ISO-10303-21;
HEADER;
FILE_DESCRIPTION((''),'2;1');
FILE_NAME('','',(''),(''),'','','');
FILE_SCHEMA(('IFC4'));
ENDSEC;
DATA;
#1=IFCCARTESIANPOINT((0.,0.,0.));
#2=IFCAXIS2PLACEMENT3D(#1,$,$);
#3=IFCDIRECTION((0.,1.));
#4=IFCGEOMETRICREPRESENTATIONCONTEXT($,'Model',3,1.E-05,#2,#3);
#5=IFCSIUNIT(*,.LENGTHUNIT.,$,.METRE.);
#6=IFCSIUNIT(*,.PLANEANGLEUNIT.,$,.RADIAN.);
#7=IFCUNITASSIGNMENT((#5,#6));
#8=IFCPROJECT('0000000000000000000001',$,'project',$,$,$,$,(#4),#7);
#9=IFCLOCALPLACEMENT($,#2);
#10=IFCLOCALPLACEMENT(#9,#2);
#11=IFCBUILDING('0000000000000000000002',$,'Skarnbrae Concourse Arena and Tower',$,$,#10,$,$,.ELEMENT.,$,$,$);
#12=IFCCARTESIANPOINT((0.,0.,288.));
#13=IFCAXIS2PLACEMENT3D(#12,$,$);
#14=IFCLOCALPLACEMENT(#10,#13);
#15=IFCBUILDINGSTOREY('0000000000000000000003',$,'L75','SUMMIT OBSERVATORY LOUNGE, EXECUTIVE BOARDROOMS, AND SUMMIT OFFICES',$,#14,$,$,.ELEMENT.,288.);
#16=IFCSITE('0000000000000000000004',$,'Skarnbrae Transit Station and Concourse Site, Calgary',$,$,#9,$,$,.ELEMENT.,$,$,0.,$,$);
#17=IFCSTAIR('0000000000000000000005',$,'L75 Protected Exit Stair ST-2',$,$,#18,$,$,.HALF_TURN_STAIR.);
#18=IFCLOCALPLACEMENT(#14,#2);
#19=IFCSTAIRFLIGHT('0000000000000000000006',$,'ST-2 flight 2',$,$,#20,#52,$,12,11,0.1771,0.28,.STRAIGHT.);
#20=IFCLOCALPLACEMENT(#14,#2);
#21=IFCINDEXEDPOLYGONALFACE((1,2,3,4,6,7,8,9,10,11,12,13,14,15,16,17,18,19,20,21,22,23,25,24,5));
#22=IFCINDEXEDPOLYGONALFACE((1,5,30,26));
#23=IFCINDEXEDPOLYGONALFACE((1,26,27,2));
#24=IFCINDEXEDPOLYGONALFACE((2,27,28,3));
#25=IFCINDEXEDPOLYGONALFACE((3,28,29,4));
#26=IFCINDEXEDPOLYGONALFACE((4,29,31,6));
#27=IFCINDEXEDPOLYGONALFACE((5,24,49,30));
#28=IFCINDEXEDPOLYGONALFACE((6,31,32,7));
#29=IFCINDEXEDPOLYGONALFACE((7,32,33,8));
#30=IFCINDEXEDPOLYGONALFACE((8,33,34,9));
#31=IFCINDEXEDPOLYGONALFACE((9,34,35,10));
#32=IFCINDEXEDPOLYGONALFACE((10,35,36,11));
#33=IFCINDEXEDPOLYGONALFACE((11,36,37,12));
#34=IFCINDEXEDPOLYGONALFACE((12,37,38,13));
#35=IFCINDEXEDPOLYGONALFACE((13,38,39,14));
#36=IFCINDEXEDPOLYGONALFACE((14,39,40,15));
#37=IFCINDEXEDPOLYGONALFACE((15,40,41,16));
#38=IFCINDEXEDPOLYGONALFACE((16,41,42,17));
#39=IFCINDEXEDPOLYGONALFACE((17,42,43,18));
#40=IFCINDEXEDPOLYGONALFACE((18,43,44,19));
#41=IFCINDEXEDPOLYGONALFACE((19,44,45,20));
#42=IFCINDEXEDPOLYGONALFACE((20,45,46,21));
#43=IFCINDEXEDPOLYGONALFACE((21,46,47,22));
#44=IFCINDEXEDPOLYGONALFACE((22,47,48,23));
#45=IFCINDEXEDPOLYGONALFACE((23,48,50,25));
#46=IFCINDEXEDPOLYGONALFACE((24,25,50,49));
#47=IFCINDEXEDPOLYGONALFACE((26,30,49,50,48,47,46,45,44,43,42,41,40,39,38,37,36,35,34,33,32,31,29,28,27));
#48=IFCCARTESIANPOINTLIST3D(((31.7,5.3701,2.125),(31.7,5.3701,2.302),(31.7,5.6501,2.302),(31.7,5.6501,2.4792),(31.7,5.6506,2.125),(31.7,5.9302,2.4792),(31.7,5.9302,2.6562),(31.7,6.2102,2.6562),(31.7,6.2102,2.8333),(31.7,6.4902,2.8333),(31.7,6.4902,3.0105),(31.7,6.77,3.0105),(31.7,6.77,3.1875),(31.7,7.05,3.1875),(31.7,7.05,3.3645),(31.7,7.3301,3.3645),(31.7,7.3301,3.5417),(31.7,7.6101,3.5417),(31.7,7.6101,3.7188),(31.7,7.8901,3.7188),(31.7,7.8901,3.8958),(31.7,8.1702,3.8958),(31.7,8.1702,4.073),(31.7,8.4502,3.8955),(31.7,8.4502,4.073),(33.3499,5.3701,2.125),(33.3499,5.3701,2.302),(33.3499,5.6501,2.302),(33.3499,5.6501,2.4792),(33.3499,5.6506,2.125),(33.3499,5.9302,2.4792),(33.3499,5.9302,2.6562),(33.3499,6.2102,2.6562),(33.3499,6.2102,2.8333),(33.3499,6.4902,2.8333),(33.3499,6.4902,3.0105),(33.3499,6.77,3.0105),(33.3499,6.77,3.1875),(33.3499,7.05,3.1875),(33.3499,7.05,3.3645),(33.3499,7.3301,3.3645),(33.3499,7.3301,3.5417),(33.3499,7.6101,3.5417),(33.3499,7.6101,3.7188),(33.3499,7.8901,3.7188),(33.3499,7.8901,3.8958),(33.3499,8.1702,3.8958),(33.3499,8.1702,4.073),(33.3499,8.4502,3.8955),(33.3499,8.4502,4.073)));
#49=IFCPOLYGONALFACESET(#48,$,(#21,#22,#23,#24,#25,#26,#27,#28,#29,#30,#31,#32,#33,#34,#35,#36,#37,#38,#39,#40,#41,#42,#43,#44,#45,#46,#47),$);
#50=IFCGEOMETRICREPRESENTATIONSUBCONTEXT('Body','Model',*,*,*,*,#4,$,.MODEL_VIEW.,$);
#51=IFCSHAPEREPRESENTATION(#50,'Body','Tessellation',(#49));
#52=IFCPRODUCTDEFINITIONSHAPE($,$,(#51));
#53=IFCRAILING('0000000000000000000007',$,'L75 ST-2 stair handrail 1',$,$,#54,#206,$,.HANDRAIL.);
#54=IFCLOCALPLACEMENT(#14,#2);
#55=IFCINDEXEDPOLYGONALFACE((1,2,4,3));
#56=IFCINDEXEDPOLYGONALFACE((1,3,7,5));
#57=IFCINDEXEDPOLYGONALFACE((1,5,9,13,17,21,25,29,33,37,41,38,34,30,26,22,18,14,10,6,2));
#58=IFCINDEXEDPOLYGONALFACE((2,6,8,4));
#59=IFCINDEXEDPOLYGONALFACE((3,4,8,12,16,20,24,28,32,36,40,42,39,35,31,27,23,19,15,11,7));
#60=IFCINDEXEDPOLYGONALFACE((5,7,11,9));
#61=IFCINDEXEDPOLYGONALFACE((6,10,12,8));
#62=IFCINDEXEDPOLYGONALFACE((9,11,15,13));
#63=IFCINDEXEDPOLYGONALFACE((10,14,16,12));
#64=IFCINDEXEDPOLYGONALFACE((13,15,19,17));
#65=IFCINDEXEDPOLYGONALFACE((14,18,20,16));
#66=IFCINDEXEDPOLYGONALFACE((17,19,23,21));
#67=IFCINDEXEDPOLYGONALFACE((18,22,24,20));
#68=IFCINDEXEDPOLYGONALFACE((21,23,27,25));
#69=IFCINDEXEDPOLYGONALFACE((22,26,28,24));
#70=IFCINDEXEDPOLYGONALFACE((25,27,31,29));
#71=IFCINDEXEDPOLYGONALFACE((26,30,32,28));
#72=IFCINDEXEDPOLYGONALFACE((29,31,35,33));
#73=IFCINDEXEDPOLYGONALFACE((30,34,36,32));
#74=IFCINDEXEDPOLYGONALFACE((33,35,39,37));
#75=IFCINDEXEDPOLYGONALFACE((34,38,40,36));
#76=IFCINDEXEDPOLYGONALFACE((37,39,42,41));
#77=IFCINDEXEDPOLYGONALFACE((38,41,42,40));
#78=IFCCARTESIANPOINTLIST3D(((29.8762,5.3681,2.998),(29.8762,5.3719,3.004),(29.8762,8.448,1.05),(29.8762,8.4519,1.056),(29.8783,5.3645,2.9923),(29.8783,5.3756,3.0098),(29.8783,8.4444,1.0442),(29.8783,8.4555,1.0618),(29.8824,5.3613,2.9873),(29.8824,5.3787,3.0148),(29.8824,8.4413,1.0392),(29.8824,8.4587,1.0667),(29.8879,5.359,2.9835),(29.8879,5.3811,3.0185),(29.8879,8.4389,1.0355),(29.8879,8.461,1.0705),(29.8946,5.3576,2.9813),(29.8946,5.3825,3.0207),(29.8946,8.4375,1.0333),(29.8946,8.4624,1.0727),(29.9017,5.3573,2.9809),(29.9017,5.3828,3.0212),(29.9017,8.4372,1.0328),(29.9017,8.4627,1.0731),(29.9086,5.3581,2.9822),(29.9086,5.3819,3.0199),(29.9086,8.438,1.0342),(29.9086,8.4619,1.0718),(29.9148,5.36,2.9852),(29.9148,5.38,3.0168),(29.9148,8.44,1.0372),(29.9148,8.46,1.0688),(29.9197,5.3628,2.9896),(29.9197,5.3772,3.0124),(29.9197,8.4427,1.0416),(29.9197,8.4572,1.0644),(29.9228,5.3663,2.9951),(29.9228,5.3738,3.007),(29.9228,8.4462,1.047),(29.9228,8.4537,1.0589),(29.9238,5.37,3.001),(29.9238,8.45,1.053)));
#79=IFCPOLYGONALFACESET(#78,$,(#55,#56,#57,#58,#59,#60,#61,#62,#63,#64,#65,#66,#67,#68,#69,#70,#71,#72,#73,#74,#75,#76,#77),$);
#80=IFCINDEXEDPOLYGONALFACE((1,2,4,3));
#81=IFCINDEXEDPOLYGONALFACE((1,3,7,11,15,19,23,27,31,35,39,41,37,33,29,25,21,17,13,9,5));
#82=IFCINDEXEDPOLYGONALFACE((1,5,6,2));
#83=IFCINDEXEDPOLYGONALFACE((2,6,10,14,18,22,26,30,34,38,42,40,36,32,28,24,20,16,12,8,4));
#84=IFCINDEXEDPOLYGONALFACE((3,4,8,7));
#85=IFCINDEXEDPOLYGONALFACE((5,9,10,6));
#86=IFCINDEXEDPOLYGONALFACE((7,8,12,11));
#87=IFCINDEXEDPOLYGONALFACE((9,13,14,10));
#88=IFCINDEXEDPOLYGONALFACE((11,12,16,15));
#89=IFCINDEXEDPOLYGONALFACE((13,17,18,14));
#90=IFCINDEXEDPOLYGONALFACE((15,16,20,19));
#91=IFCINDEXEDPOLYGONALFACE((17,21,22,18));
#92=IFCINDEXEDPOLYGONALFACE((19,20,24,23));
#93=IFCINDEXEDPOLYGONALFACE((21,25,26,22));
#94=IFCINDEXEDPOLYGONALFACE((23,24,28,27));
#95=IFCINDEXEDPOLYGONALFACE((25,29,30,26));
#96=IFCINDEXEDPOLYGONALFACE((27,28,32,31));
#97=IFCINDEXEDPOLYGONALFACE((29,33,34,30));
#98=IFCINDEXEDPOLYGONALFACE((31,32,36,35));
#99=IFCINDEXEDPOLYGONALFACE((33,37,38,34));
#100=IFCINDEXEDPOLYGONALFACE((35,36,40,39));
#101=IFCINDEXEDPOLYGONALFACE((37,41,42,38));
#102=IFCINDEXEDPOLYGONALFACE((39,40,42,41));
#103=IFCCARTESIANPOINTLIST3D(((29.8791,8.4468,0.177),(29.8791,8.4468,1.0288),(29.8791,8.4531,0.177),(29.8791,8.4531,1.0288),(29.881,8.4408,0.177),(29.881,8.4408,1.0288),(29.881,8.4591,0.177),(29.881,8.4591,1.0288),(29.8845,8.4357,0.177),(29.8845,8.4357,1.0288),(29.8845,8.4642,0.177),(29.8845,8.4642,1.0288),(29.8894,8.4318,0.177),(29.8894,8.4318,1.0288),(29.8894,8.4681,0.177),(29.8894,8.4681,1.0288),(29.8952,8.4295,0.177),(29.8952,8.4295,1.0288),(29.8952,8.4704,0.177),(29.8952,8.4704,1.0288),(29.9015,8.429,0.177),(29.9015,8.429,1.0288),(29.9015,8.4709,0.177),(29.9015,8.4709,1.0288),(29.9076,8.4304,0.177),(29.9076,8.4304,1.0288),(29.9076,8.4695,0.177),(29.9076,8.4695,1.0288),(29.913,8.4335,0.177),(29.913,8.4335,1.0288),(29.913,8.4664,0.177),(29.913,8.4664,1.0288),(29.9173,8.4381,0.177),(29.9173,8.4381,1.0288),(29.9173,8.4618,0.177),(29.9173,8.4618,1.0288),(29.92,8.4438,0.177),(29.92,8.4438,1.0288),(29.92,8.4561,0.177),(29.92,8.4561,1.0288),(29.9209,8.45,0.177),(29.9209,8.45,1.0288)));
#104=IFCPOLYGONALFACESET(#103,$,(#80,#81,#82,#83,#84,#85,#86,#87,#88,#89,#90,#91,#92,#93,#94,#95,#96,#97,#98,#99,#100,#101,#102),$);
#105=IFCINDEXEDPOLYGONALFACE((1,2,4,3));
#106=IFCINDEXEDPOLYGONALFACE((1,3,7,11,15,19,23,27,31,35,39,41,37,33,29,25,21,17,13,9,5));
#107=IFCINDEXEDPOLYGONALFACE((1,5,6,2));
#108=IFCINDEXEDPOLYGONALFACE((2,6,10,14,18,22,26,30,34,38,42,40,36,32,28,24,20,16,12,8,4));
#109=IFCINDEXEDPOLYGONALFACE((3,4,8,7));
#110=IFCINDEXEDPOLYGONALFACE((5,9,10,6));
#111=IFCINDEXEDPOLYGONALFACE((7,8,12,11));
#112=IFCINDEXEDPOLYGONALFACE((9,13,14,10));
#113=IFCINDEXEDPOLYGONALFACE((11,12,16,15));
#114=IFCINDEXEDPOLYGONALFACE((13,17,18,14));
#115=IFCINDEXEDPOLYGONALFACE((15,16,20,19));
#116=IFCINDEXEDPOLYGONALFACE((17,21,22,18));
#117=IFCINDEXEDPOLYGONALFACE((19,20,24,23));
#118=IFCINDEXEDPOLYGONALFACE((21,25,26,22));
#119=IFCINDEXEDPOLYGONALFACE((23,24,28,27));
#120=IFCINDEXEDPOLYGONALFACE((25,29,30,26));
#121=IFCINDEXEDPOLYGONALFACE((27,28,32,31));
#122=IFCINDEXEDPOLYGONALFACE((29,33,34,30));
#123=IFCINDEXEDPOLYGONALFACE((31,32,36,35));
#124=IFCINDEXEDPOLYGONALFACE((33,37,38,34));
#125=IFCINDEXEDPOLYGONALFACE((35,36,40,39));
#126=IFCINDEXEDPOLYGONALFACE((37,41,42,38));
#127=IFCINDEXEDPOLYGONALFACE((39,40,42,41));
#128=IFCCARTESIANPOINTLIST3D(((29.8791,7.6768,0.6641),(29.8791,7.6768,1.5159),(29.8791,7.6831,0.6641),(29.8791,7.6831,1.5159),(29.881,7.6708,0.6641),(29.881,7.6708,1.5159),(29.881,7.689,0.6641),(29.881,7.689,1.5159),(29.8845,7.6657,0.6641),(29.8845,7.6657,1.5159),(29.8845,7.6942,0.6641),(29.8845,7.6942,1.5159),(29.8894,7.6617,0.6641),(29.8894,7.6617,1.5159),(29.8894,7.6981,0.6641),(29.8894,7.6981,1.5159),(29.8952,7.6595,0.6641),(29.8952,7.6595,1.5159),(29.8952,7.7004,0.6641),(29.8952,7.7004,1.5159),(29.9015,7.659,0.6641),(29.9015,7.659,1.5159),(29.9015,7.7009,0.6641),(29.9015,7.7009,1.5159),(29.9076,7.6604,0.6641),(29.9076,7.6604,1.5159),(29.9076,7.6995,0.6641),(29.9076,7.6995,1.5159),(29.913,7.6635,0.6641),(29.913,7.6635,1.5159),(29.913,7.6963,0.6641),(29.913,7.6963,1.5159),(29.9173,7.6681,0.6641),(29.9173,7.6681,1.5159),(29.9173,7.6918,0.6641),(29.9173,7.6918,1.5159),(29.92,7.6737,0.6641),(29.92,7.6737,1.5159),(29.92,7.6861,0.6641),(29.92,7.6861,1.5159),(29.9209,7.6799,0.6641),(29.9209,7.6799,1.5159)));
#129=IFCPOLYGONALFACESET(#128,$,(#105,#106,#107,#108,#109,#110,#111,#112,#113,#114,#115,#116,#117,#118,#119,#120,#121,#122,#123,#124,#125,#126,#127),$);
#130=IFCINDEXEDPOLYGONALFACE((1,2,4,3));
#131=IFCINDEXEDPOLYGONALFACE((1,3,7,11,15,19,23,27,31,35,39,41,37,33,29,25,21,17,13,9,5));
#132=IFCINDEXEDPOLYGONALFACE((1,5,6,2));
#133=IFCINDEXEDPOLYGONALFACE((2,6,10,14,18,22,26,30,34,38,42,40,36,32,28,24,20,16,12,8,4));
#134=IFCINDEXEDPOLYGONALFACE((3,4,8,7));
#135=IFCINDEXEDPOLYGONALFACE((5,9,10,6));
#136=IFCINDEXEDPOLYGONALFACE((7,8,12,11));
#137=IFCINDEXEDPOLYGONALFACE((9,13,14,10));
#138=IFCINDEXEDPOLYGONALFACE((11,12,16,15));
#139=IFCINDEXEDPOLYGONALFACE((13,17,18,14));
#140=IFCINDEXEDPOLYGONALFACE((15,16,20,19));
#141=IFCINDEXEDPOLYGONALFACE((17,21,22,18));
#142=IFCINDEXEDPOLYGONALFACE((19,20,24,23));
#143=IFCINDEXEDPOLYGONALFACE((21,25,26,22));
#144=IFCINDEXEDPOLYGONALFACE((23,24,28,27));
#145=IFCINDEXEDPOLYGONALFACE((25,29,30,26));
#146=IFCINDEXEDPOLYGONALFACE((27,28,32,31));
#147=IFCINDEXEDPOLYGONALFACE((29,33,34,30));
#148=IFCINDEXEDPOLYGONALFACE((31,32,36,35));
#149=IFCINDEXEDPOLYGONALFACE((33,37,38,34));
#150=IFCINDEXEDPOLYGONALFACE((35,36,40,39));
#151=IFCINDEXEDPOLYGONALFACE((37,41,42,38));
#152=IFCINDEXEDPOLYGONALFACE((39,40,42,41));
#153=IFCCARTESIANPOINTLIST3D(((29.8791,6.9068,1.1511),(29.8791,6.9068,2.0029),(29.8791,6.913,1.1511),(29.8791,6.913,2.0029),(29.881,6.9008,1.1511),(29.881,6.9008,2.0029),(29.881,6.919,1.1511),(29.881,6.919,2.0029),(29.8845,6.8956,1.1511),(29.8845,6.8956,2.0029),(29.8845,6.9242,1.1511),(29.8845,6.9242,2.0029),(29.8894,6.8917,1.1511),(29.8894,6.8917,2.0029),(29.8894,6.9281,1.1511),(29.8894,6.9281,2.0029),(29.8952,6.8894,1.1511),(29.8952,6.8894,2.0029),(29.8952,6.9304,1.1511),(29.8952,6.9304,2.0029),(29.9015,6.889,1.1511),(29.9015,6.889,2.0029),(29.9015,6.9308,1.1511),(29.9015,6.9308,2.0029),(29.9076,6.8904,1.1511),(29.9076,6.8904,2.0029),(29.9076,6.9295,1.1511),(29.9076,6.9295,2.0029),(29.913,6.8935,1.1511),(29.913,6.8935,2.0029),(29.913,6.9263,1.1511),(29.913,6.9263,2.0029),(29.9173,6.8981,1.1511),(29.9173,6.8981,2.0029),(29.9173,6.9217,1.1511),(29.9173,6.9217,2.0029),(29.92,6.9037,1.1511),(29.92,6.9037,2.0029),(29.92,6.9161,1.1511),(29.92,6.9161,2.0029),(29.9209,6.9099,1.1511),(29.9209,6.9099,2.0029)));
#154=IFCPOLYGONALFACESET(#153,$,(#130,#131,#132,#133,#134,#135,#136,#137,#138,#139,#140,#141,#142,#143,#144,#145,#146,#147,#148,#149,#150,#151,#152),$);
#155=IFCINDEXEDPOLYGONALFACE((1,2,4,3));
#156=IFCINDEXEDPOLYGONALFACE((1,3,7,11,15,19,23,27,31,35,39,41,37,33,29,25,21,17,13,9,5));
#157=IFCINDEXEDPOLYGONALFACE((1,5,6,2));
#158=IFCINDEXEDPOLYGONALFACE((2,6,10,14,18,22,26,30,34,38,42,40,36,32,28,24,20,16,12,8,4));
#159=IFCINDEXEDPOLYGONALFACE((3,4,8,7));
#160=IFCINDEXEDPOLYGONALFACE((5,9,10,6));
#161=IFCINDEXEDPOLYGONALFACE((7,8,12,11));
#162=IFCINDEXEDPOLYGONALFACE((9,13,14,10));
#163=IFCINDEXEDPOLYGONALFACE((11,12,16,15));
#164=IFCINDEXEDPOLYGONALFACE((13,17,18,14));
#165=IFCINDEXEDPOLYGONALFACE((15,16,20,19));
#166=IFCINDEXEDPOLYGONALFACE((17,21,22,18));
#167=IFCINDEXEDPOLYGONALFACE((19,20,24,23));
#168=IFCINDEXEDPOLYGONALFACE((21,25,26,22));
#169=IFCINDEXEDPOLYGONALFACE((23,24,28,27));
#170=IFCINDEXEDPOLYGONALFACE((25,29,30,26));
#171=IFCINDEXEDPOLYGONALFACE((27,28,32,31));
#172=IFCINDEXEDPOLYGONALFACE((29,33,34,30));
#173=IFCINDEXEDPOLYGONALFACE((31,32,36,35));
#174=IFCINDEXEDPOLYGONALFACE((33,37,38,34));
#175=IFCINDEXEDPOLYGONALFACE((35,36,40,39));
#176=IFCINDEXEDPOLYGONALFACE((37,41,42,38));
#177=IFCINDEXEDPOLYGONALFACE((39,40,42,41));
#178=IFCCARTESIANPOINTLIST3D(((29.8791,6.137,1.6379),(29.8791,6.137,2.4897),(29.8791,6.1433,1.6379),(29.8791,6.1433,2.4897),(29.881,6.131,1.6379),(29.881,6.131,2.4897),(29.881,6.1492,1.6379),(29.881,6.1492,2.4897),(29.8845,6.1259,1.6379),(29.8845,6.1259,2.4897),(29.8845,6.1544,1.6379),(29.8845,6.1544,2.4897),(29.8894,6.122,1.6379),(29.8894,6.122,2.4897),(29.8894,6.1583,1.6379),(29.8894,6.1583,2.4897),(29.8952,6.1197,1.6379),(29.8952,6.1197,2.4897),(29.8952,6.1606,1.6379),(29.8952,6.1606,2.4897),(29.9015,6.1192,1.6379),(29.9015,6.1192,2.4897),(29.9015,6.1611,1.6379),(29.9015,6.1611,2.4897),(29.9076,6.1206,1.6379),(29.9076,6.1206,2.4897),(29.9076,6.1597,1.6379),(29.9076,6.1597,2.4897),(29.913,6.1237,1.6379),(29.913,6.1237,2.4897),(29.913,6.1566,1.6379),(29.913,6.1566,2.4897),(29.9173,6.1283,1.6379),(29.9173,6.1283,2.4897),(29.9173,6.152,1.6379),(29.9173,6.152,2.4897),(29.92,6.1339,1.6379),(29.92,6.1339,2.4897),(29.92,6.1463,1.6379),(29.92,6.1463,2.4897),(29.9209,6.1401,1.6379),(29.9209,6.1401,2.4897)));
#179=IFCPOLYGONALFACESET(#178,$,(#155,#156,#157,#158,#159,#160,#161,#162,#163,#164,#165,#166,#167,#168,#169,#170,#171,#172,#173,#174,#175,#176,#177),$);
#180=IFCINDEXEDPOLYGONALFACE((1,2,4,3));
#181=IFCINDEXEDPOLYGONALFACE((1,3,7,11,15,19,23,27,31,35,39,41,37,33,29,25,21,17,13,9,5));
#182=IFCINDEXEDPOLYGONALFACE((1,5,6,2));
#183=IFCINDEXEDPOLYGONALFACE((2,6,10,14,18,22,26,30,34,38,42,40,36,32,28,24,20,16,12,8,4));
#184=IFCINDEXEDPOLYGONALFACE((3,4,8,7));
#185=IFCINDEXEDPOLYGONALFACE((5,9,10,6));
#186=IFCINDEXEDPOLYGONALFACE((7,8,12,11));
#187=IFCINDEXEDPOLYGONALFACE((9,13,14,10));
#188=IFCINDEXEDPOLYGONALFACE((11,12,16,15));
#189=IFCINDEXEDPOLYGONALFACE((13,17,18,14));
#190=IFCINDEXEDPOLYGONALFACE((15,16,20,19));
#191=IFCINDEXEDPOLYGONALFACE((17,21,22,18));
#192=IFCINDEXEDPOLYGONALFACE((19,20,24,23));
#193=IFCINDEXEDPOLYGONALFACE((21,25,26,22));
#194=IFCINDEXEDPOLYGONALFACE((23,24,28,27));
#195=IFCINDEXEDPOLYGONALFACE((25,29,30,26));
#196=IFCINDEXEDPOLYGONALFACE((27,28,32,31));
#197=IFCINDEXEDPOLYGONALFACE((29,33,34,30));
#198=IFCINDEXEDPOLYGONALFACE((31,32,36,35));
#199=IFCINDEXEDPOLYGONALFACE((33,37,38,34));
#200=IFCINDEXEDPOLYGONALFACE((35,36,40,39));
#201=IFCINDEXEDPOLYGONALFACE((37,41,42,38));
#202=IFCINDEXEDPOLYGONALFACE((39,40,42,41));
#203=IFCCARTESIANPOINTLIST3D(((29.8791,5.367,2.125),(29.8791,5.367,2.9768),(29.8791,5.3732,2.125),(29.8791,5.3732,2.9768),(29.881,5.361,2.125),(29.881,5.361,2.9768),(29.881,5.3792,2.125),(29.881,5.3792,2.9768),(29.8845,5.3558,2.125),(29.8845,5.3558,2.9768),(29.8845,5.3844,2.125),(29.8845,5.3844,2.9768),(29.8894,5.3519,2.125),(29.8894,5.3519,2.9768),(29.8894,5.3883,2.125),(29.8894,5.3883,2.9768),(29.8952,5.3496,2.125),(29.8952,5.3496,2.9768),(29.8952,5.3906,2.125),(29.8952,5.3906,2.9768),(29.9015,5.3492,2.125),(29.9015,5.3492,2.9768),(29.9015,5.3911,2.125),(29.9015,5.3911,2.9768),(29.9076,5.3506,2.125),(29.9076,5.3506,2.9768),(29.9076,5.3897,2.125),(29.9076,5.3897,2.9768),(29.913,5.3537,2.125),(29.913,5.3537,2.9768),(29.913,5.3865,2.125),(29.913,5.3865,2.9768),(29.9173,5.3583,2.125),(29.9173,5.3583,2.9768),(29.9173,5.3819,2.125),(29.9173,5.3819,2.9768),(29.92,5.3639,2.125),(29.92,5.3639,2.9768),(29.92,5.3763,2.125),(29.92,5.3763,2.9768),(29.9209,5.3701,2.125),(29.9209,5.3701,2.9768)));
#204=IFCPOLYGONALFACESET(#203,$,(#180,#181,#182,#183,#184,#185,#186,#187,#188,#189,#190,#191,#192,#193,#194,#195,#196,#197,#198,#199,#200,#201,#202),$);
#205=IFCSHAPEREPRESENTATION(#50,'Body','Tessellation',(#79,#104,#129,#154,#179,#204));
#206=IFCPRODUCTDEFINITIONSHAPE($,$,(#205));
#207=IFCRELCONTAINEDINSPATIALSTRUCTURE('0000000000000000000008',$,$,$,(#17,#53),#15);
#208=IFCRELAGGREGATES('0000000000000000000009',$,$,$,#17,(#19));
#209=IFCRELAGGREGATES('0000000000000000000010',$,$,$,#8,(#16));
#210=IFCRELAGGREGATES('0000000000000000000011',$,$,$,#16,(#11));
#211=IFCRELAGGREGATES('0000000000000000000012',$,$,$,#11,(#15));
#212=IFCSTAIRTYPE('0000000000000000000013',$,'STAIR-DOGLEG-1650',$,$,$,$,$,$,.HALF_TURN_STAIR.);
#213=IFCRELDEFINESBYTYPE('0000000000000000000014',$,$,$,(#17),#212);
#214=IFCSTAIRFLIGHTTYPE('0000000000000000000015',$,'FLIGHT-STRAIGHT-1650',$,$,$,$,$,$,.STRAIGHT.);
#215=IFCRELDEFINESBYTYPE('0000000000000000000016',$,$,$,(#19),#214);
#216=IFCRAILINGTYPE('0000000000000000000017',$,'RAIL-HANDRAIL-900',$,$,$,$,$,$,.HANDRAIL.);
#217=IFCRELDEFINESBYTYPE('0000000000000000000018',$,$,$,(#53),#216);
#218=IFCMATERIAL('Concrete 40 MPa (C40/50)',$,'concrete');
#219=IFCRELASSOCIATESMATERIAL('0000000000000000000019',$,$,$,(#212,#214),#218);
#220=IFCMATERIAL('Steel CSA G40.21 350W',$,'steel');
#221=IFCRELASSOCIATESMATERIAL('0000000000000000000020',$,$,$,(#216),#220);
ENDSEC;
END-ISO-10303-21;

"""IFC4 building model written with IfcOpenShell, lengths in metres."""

from ifc_helpers import new_model, si_unit, direction, frame, origin, origin_2d, place, context, subcontext, project, spatial, polyline, circle, outline, extrude, source, transform, mapped, material, type_object, element, aggregate, save


model = new_model("IFC4")

# Units and contexts
model_context = context("Model", 3, precision=1e-05, world=origin(), true_north=direction((0.0, 1.0)))
body_context = subcontext(model_context, "Body", "Model", "MODEL_VIEW")
ifc_project = project(units=[si_unit("LENGTHUNIT", "METRE"), si_unit("PLANEANGLEUNIT", "RADIAN")], contexts=[model_context])

# Site, building, storey
site_placement = place(None, origin())
site = spatial("IfcSite", under=ifc_project, at=site_placement, Name="Skarnbrae Transit Station and Concourse Site, Calgary", CompositionType="ELEMENT", RefElevation=0.0)
building_placement = place(site_placement, origin())
building = spatial("IfcBuilding", under=site, at=building_placement, Name="Skarnbrae Concourse Arena and Tower", CompositionType="ELEMENT")
storey_placement = place(building_placement, frame((0.0, 0.0, 288.0)))
storey = spatial("IfcBuildingStorey", under=building, at=storey_placement, Name="L75", Description="SUMMIT OBSERVATORY LOUNGE, EXECUTIVE BOARDROOMS, AND SUMMIT OFFICES", CompositionType="ELEMENT", Elevation=288.0)

# Shared definitions
ifc_material_1 = material(Name="Steel CSA G40.21 350W", Category="steel")

# Stair, stair flight
ifc_material_2 = material(Name="Concrete 40 MPa (C40/50)", Category="concrete")
stair_type = type_object("IfcStairType", Name="STAIR-DOGLEG-1650", PredefinedType="HALF_TURN_STAIR", material=ifc_material_2)
stair_placement = place(storey_placement, origin())
stair = element("IfcStair", 1, at=stair_placement, inside=storey, type_object=stair_type, Name="L75 Protected Exit Stair ST-2", PredefinedType="HALF_TURN_STAIR")
stair_flight_type = type_object("IfcStairFlightType", Name="FLIGHT-STRAIGHT-1650", PredefinedType="STRAIGHT", material=ifc_material_2)
shared_shape_1 = source(origin(), body_context, "Body", "SweptSolid", [
    extrude(outline(polyline([(0.0, 0.0), (0.0, 0.177), (0.28, 0.177), (0.28, 0.3542), (0.5601, 0.3542), (0.5601, 0.5312), (0.8401, 0.5312), (0.8401, 0.7083), (1.1201, 0.7083), (1.1201, 0.8855), (1.3999, 0.8855), (1.3999, 1.0625), (1.6799, 1.0625), (1.6799, 1.2395), (1.96, 1.2395), (1.96, 1.4167), (2.24, 1.4167), (2.24, 1.5938), (2.52, 1.5938), (2.52, 1.7708), (2.8, 1.7708), (2.8, 1.948), (3.0801, 1.948), (3.0801, 2.125), (3.0801, 1.7705), (0.2805, 0.0), (0.0, 0.0)])), frame((0.0, 0.825, 0.0), z_axis=(0.0, -1.0, 0.0), x_axis=(1.0, 0.0, 0.0)), (0.0, 0.0, 1.0), 1.6499),
])
stair_flight_1_placement = place(storey_placement, frame((32.5249, 5.3701, 2.125), z_axis=(0.0, 0.0, 1.0), x_axis=(0.0, 1.0, 0.0)))
stair_flight_1 = element("IfcStairFlight", 2, at=stair_flight_1_placement, type_object=stair_flight_type, Name="ST-2 flight 2", NumberOfRisers=12, NumberOfTreads=11, PredefinedType="STRAIGHT", RiserHeight=0.1771, TreadLength=0.28, context=body_context, shape_type="MappedRepresentation", body=[
    mapped(shared_shape_1, transform((0.0, 0.0, 0.0))),
])
aggregate(stair, [stair_flight_1])

# Railing
railing_type_1 = type_object("IfcRailingType", Name="RAIL-HANDRAIL-900", PredefinedType="HANDRAIL", material=ifc_material_1)
railing_1_placement = place(storey_placement, frame((29.8999, 8.45, 0.177)))
element("IfcRailing", 3, at=railing_1_placement, inside=storey, type_object=railing_type_1, Name="L75 ST-2 stair handrail 1", PredefinedType="HANDRAIL", context=body_context, shape_type="SweptSolid", body=[
    extrude(circle(Radius=0.0239, at=origin_2d()), frame((0.0, 0.0, 0.876), z_axis=(0.0, -0.845137, 0.53455), x_axis=(1.0, 0.0, 0.0)), (0.0, 0.0, 1.0), 3.6443),
    extrude(circle(Radius=0.021, at=origin_2d()), origin(), (0.0, 0.0, 1.0), 0.8518),
    extrude(circle(Radius=0.021, at=origin_2d()), frame((0.0, -0.77, 0.4871)), (0.0, 0.0, 1.0), 0.8518),
    extrude(circle(Radius=0.021, at=origin_2d()), frame((0.0, -1.54, 0.9741)), (0.0, 0.0, 1.0), 0.8518),
    extrude(circle(Radius=0.021, at=origin_2d()), frame((0.0, -2.3098, 1.4609)), (0.0, 0.0, 1.0), 0.8518),
    extrude(circle(Radius=0.021, at=origin_2d()), frame((0.0, -3.0798, 1.948)), (0.0, 0.0, 1.0), 0.8518),
])

save(model, "model.ifc")
